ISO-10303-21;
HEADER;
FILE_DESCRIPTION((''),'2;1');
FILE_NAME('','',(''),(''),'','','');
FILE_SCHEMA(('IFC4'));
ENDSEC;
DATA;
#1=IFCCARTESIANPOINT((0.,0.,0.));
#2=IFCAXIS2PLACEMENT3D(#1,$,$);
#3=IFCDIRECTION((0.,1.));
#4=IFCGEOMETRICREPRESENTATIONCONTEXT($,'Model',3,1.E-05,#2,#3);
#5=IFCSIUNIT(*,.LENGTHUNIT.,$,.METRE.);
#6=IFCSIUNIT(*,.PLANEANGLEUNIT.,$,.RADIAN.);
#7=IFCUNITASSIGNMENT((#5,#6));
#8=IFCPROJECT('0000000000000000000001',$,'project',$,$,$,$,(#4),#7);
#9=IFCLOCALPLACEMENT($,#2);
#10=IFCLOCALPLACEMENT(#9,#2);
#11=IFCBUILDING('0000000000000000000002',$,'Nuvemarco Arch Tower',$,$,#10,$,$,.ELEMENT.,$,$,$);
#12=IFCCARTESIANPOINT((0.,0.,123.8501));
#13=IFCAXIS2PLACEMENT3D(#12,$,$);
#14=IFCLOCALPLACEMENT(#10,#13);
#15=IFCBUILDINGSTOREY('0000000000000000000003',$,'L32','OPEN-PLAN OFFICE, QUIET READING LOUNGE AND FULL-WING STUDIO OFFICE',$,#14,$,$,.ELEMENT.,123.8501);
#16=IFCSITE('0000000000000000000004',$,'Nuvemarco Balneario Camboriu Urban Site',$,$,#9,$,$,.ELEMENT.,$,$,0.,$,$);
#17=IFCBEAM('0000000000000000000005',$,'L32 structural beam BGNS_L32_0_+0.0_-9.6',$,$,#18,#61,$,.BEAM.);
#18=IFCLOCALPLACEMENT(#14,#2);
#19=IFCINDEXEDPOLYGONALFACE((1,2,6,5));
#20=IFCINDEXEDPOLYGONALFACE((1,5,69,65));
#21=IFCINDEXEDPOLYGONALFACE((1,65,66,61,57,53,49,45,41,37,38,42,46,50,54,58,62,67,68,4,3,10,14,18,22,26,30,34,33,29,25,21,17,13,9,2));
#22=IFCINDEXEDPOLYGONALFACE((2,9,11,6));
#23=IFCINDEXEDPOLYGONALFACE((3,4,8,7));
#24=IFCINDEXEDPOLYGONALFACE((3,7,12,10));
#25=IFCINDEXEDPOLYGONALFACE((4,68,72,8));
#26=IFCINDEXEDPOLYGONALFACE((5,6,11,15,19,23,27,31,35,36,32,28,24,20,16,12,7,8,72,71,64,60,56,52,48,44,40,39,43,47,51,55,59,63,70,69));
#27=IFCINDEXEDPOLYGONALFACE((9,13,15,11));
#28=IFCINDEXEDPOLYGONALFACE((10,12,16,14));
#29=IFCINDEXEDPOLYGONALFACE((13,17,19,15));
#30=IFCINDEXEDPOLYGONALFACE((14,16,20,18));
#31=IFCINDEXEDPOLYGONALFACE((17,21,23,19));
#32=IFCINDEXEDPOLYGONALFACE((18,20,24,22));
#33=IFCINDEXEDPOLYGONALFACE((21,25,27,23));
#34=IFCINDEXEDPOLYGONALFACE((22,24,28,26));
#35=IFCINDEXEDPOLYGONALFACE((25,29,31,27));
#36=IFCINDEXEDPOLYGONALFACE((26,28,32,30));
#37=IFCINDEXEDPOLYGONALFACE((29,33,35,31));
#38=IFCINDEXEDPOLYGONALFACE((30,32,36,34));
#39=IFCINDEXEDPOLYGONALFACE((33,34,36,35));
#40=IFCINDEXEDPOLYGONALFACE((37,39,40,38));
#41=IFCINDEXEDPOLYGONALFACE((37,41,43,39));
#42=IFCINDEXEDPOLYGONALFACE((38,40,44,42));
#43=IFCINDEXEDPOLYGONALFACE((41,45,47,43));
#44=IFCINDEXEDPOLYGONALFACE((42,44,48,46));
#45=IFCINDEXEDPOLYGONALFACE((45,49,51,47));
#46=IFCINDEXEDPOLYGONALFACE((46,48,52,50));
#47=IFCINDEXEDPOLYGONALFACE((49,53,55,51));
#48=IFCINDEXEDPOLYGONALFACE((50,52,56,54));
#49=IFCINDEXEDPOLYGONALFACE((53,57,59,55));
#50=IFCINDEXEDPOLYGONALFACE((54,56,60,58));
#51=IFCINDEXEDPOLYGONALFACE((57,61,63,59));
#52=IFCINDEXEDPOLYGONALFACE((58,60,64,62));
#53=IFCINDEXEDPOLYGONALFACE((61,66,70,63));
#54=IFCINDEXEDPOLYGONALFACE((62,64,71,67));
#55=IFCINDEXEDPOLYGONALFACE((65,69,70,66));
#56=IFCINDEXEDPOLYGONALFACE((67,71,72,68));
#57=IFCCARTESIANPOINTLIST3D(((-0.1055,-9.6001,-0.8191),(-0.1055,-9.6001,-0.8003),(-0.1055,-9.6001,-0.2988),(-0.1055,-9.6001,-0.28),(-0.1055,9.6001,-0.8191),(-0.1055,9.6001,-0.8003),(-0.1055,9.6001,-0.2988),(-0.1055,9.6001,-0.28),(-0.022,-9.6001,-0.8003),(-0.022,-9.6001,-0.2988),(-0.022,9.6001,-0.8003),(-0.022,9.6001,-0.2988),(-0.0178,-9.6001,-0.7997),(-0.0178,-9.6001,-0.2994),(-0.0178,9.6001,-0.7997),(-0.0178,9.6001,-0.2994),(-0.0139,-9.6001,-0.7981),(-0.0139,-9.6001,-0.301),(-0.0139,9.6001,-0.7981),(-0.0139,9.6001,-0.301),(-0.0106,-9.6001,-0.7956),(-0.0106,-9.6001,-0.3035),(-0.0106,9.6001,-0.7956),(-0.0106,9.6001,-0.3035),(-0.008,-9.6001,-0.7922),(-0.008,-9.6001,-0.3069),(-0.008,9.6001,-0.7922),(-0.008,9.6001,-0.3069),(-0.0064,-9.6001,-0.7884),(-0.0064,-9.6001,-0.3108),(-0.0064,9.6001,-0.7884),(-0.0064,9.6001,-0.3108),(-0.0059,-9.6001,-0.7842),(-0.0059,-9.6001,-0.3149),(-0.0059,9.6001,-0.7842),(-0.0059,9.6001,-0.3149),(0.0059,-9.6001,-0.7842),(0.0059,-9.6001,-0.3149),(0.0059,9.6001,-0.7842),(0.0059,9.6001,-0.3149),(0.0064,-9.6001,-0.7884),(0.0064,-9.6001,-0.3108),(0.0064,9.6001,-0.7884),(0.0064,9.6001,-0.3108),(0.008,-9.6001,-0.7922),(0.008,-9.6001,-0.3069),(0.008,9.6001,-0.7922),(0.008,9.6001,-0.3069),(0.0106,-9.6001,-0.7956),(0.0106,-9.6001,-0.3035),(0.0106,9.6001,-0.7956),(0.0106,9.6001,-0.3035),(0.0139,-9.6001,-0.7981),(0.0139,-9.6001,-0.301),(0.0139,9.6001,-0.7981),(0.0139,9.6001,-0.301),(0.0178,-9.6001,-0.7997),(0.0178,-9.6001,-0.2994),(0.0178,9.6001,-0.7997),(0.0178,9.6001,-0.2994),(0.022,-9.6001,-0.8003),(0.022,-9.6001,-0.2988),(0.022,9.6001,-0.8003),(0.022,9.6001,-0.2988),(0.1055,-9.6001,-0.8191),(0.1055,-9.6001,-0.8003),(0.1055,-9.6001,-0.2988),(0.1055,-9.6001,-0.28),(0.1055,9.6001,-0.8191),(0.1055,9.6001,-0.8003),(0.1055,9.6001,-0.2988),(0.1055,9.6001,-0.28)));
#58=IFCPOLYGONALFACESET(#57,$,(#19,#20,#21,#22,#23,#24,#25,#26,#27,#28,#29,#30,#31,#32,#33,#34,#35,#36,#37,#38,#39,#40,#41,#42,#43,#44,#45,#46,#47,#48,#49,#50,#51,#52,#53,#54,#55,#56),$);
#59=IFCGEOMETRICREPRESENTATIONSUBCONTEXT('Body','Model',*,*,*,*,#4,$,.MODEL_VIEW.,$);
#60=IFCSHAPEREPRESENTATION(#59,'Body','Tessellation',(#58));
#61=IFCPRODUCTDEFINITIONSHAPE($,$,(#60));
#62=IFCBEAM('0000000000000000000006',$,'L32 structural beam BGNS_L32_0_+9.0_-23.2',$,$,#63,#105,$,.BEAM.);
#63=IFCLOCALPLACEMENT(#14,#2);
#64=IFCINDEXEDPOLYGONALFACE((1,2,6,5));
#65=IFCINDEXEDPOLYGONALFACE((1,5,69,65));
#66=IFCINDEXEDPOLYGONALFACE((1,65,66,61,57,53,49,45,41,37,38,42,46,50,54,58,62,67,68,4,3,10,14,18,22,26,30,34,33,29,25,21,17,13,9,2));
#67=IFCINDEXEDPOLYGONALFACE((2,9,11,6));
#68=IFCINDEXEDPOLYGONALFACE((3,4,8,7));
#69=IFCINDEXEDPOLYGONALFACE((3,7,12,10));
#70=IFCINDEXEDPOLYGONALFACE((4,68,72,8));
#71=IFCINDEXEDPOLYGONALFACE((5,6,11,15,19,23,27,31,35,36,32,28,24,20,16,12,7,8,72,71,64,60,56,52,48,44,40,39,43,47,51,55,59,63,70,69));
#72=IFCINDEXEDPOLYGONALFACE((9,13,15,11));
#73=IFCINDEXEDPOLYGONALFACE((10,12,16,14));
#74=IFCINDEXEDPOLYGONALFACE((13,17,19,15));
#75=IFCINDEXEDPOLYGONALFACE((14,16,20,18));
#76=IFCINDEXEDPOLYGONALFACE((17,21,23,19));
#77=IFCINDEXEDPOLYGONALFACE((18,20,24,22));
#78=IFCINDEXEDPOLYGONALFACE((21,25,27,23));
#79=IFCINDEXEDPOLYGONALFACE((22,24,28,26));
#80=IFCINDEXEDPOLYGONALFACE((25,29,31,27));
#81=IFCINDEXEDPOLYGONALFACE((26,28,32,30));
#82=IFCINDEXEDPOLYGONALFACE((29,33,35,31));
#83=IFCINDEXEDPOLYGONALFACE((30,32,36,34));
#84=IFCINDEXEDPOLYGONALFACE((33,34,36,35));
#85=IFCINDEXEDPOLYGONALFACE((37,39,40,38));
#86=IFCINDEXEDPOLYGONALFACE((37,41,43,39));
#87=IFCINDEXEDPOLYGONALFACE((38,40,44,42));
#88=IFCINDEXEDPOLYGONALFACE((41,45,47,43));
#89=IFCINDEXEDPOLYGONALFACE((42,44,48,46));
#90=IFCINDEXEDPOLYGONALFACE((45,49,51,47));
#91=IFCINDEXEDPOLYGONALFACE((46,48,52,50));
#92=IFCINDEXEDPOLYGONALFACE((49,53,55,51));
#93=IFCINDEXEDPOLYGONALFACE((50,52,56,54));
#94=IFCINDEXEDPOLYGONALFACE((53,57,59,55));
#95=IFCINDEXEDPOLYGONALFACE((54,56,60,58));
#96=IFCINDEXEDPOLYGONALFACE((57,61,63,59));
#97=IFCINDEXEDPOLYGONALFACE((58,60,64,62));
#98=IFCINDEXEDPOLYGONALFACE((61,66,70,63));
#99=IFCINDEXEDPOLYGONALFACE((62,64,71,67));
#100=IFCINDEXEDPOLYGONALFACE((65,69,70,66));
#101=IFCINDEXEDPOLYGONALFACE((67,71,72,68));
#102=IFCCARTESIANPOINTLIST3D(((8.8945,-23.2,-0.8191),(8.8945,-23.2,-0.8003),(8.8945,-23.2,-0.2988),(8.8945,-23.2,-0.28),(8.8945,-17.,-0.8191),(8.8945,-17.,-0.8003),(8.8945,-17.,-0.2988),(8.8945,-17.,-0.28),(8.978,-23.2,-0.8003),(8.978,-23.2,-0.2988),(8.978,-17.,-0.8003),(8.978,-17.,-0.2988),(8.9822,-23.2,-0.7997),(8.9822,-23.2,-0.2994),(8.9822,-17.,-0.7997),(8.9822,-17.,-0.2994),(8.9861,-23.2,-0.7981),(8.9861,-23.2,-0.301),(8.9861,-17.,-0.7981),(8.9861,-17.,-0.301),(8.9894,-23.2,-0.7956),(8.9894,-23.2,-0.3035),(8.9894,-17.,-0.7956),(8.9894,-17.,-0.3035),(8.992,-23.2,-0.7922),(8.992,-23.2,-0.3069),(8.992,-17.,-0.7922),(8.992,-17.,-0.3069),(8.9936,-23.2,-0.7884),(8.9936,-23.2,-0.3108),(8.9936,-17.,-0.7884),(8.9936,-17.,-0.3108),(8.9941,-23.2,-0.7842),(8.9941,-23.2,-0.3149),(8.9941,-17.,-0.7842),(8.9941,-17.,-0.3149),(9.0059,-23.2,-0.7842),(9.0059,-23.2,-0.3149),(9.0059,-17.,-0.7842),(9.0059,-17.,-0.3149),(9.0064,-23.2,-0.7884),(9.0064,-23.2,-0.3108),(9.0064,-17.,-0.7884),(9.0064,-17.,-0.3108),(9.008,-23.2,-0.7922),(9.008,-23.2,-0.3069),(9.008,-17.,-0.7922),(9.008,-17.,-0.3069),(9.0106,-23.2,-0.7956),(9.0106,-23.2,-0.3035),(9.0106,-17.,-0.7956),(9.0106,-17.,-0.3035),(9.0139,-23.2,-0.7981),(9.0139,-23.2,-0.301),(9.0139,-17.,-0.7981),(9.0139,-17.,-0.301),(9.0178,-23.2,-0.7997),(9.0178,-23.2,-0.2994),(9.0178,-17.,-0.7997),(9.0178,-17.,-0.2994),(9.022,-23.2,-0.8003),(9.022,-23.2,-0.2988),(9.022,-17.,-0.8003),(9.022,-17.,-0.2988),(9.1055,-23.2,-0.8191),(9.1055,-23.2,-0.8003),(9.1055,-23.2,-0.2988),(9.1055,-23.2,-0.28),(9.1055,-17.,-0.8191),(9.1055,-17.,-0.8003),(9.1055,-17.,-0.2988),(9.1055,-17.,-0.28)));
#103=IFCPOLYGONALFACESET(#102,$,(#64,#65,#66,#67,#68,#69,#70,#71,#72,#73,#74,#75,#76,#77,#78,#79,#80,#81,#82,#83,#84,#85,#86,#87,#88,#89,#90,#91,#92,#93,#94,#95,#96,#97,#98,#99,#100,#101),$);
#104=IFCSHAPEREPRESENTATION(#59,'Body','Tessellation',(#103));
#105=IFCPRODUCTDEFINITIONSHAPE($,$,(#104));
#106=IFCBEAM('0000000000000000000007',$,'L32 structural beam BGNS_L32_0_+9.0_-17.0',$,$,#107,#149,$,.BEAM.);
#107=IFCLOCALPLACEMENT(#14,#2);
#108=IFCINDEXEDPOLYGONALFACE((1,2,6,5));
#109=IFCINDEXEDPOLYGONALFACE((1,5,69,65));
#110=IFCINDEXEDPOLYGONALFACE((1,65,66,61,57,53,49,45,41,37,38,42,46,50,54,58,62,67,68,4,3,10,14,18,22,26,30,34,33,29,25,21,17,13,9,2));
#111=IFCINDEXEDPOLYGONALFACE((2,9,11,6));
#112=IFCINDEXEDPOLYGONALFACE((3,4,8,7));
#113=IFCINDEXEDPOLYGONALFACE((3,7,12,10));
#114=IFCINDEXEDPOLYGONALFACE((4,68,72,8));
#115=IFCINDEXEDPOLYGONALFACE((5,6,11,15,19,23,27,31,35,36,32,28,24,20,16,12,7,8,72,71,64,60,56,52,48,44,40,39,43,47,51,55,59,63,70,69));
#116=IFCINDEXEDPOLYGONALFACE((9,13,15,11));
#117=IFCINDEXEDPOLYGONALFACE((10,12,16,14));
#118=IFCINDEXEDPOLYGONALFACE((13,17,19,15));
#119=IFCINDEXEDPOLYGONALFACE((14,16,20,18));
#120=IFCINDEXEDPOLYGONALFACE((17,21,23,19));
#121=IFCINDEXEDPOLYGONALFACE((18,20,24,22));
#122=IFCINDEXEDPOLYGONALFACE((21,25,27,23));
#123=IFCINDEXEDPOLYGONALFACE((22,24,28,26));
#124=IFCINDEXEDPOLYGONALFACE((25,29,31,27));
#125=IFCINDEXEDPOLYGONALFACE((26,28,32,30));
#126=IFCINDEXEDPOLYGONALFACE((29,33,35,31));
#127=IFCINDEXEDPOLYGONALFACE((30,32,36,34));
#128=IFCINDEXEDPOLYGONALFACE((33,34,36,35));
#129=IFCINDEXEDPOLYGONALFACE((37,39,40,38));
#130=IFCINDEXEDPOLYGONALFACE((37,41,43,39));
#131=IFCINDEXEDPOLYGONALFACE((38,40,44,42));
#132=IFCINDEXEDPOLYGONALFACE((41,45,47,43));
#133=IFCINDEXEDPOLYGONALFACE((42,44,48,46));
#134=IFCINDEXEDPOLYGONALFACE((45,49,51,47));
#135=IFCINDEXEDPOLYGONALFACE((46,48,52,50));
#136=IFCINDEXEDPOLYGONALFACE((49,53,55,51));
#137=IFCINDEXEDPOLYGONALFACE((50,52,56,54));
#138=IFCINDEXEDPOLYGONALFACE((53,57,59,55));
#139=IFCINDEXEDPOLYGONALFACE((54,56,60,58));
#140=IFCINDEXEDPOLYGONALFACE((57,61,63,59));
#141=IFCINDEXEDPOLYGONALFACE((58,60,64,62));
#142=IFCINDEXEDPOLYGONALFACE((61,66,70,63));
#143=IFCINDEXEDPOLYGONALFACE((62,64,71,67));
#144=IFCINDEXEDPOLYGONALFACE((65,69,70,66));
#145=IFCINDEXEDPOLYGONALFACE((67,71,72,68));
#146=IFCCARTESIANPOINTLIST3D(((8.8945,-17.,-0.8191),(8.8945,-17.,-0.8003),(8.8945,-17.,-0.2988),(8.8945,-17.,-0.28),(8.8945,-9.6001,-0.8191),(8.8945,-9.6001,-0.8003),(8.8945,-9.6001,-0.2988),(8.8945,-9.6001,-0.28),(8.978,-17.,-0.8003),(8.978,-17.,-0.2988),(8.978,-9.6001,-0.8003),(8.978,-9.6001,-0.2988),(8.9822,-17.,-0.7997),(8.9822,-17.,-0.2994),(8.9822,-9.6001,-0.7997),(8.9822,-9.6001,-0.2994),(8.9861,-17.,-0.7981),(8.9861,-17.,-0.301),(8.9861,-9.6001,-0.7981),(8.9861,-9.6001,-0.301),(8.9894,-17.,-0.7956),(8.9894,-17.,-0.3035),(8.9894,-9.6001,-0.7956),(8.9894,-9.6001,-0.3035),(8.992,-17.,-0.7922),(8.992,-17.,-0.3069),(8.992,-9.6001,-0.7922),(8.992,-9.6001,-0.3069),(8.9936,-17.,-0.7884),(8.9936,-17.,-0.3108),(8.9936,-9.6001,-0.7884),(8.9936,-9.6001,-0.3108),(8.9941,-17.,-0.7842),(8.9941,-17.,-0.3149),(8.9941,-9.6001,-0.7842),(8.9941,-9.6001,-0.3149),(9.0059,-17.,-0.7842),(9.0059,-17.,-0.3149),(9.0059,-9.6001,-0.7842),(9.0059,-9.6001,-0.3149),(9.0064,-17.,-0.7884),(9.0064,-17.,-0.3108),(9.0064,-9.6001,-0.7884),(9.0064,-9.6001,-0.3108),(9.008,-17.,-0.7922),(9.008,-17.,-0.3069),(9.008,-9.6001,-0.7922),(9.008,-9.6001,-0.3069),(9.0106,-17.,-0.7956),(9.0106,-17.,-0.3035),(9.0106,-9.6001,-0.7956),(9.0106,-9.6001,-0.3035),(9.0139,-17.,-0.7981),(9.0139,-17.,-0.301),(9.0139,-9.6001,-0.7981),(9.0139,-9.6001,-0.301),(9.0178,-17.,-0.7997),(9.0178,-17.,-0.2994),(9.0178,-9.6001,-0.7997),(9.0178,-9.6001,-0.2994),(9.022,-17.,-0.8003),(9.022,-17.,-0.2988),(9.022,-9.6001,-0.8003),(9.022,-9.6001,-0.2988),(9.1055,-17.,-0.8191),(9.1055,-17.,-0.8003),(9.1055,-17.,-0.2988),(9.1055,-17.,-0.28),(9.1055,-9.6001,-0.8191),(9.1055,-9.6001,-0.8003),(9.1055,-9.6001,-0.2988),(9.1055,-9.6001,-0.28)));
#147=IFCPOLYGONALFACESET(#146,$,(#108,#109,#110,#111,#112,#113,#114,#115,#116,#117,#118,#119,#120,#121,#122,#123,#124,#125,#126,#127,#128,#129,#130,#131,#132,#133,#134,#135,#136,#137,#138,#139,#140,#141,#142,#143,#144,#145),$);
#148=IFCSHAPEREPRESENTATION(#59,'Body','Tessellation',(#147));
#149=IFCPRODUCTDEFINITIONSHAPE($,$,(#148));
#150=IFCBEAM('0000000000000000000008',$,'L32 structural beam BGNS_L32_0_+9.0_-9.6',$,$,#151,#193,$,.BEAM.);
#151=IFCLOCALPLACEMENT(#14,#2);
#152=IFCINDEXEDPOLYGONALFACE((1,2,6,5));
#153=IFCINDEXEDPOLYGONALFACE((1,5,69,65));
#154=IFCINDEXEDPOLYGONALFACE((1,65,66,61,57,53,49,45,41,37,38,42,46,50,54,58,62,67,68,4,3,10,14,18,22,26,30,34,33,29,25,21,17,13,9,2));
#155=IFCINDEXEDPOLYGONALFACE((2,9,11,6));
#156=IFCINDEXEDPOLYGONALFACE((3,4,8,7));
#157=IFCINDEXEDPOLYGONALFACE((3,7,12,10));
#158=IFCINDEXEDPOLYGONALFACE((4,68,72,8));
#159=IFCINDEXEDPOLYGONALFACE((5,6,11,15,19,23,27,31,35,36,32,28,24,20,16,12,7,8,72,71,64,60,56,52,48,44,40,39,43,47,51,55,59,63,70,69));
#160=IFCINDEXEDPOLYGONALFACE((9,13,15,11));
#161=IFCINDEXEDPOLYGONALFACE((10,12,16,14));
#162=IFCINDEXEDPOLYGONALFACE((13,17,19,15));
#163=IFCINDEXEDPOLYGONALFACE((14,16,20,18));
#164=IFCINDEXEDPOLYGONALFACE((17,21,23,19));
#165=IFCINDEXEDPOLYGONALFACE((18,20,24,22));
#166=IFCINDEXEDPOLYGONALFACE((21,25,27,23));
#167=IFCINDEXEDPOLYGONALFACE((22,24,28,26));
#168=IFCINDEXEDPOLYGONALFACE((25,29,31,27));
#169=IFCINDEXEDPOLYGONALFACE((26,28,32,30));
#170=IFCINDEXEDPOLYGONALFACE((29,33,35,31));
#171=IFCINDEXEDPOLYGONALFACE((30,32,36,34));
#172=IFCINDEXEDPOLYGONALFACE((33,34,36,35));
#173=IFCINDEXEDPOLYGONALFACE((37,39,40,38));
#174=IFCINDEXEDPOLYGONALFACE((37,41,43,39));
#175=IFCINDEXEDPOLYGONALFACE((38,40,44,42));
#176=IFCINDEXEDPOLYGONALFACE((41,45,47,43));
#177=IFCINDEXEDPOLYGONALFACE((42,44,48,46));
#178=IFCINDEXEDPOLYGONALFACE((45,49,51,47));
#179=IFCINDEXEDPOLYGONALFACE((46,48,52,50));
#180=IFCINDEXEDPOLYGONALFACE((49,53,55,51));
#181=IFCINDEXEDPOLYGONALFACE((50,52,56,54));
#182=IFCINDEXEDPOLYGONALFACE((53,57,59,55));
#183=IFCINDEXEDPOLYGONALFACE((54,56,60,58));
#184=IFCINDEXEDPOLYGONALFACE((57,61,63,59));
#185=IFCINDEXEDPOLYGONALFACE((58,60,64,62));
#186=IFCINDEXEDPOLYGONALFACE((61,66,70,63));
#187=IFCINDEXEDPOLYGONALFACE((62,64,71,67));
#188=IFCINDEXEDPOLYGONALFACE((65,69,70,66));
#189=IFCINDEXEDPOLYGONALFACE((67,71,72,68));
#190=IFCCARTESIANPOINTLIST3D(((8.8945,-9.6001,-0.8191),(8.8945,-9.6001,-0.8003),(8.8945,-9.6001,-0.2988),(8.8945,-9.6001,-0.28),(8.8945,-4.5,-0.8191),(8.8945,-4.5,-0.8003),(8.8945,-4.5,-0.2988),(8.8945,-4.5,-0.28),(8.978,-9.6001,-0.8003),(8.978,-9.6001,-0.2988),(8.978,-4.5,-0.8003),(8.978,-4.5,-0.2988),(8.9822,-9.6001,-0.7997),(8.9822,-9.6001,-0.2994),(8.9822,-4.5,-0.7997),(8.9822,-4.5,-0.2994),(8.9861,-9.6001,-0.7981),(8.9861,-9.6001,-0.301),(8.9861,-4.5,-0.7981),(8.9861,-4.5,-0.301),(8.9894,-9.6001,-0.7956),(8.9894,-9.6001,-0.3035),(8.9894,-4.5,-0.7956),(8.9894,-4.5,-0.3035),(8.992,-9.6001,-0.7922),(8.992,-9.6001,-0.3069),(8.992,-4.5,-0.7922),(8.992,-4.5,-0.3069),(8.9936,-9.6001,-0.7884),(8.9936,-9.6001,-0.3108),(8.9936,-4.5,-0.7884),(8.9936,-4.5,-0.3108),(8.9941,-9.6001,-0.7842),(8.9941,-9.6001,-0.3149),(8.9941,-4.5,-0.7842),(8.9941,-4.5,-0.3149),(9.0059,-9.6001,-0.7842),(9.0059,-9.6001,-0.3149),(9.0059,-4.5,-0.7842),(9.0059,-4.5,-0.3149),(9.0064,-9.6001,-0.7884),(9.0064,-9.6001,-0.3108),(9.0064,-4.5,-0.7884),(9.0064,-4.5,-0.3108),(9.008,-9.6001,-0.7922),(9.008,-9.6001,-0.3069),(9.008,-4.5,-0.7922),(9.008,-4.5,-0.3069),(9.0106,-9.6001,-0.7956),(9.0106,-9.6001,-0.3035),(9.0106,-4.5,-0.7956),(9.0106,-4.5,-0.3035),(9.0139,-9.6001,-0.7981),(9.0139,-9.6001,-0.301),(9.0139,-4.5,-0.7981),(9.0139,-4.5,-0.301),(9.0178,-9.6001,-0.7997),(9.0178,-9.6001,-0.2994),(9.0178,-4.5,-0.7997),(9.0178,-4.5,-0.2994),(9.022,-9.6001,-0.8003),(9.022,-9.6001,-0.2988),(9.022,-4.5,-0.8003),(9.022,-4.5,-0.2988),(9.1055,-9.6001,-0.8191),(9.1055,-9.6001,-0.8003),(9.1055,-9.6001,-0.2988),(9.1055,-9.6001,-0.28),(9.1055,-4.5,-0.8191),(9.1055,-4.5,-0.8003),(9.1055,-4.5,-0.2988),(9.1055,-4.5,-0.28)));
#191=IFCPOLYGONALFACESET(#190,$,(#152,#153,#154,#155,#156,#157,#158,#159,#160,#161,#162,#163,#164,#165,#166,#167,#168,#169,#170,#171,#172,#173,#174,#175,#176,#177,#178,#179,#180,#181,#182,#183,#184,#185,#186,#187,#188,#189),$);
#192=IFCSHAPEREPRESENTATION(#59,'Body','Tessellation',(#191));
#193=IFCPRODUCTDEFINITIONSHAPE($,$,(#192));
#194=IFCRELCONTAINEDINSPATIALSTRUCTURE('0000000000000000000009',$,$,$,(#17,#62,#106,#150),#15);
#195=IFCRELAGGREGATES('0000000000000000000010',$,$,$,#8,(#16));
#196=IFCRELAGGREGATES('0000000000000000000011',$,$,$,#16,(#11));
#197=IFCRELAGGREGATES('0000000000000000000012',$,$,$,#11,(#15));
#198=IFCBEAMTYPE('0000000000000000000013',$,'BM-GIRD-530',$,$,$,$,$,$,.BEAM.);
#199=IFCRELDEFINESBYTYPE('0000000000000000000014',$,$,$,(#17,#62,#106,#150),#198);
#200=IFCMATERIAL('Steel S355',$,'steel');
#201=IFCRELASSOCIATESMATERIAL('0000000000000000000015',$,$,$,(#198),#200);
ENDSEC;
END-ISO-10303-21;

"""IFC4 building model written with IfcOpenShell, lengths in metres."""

from ifc_helpers import new_model, si_unit, direction, frame, origin, origin_2d, place, context, subcontext, project, spatial, i_section, extrude, material, material_profile, profile_set, type_object, element, save


model = new_model("IFC4")

# Units and contexts
model_context = context("Model", 3, precision=1e-05, world=origin(), true_north=direction((0.0, 1.0)))
body_context = subcontext(model_context, "Body", "Model", "MODEL_VIEW")
ifc_project = project(units=[si_unit("LENGTHUNIT", "METRE"), si_unit("PLANEANGLEUNIT", "RADIAN")], contexts=[model_context])

# Site, building, storey
site_placement = place(None, origin())
site = spatial("IfcSite", under=ifc_project, at=site_placement, Name="Nuvemarco Balneario Camboriu Urban Site", CompositionType="ELEMENT", RefElevation=0.0)
building_placement = place(site_placement, origin())
building = spatial("IfcBuilding", under=site, at=building_placement, Name="Nuvemarco Arch Tower", CompositionType="ELEMENT")
storey_placement = place(building_placement, frame((0.0, 0.0, 123.8501)))
storey = spatial("IfcBuildingStorey", under=building, at=storey_placement, Name="L32", Description="OPEN-PLAN OFFICE, QUIET READING LOUNGE AND FULL-WING STUDIO OFFICE", CompositionType="ELEMENT", Elevation=123.8501)

# Shared definitions
ifc_material_1 = material(Name="Steel S355", Category="steel")

# Beams
ifc_material_profile_1 = material_profile(ifc_material_1, i_section(OverallWidth=0.2109, OverallDepth=0.5391, WebThickness=0.0117, FlangeThickness=0.0188, FilletRadius=0.0161, at=origin_2d()), Name="W530x109")
ifc_profile_set_1 = profile_set([ifc_material_profile_1], Name="Steel S355")
beam_type_1 = type_object("IfcBeamType", Name="BM-GIRD-530", PredefinedType="BEAM", material=ifc_profile_set_1)
beam_1_placement = place(storey_placement, frame((0.0, -9.6001, -0.5496), z_axis=(0.0, 1.0, 0.0), x_axis=(-1.0, 0.0, 0.0)))
element("IfcBeam", 1, at=beam_1_placement, inside=storey, type_object=beam_type_1, Name="L32 structural beam BGNS_L32_0_+0.0_-9.6", PredefinedType="BEAM", context=body_context, shape_type="SweptSolid", body=[
    extrude(i_section(OverallWidth=0.2109, OverallDepth=0.5391, WebThickness=0.0117, FlangeThickness=0.0188, FilletRadius=0.0161, at=origin_2d()), origin(), (0.0, 0.0, 1.0), 19.2002),
])
beam_2_placement = place(storey_placement, frame((9.0, -23.2, -0.5496), z_axis=(0.0, 1.0, 0.0), x_axis=(-1.0, 0.0, 0.0)))
element("IfcBeam", 2, at=beam_2_placement, inside=storey, type_object=beam_type_1, Name="L32 structural beam BGNS_L32_0_+9.0_-23.2", PredefinedType="BEAM", context=body_context, shape_type="SweptSolid", body=[
    extrude(i_section(OverallWidth=0.2109, OverallDepth=0.5391, WebThickness=0.0117, FlangeThickness=0.0188, FilletRadius=0.0161, at=origin_2d()), origin(), (0.0, 0.0, 1.0), 6.2),
])
beam_3_placement = place(storey_placement, frame((9.0, -17.0, -0.5496), z_axis=(0.0, 1.0, 0.0), x_axis=(-1.0, 0.0, 0.0)))
element("IfcBeam", 3, at=beam_3_placement, inside=storey, type_object=beam_type_1, Name="L32 structural beam BGNS_L32_0_+9.0_-17.0", PredefinedType="BEAM", context=body_context, shape_type="SweptSolid", body=[
    extrude(i_section(OverallWidth=0.2109, OverallDepth=0.5391, WebThickness=0.0117, FlangeThickness=0.0188, FilletRadius=0.0161, at=origin_2d()), origin(), (0.0, 0.0, 1.0), 7.3999),
])
beam_4_placement = place(storey_placement, frame((9.0, -9.6001, -0.5496), z_axis=(0.0, 1.0, 0.0), x_axis=(-1.0, 0.0, 0.0)))
element("IfcBeam", 4, at=beam_4_placement, inside=storey, type_object=beam_type_1, Name="L32 structural beam BGNS_L32_0_+9.0_-9.6", PredefinedType="BEAM", context=body_context, shape_type="SweptSolid", body=[
    extrude(i_section(OverallWidth=0.2109, OverallDepth=0.5391, WebThickness=0.0117, FlangeThickness=0.0188, FilletRadius=0.0161, at=origin_2d()), origin(), (0.0, 0.0, 1.0), 5.1001),
])

save(model, "model.ifc")
